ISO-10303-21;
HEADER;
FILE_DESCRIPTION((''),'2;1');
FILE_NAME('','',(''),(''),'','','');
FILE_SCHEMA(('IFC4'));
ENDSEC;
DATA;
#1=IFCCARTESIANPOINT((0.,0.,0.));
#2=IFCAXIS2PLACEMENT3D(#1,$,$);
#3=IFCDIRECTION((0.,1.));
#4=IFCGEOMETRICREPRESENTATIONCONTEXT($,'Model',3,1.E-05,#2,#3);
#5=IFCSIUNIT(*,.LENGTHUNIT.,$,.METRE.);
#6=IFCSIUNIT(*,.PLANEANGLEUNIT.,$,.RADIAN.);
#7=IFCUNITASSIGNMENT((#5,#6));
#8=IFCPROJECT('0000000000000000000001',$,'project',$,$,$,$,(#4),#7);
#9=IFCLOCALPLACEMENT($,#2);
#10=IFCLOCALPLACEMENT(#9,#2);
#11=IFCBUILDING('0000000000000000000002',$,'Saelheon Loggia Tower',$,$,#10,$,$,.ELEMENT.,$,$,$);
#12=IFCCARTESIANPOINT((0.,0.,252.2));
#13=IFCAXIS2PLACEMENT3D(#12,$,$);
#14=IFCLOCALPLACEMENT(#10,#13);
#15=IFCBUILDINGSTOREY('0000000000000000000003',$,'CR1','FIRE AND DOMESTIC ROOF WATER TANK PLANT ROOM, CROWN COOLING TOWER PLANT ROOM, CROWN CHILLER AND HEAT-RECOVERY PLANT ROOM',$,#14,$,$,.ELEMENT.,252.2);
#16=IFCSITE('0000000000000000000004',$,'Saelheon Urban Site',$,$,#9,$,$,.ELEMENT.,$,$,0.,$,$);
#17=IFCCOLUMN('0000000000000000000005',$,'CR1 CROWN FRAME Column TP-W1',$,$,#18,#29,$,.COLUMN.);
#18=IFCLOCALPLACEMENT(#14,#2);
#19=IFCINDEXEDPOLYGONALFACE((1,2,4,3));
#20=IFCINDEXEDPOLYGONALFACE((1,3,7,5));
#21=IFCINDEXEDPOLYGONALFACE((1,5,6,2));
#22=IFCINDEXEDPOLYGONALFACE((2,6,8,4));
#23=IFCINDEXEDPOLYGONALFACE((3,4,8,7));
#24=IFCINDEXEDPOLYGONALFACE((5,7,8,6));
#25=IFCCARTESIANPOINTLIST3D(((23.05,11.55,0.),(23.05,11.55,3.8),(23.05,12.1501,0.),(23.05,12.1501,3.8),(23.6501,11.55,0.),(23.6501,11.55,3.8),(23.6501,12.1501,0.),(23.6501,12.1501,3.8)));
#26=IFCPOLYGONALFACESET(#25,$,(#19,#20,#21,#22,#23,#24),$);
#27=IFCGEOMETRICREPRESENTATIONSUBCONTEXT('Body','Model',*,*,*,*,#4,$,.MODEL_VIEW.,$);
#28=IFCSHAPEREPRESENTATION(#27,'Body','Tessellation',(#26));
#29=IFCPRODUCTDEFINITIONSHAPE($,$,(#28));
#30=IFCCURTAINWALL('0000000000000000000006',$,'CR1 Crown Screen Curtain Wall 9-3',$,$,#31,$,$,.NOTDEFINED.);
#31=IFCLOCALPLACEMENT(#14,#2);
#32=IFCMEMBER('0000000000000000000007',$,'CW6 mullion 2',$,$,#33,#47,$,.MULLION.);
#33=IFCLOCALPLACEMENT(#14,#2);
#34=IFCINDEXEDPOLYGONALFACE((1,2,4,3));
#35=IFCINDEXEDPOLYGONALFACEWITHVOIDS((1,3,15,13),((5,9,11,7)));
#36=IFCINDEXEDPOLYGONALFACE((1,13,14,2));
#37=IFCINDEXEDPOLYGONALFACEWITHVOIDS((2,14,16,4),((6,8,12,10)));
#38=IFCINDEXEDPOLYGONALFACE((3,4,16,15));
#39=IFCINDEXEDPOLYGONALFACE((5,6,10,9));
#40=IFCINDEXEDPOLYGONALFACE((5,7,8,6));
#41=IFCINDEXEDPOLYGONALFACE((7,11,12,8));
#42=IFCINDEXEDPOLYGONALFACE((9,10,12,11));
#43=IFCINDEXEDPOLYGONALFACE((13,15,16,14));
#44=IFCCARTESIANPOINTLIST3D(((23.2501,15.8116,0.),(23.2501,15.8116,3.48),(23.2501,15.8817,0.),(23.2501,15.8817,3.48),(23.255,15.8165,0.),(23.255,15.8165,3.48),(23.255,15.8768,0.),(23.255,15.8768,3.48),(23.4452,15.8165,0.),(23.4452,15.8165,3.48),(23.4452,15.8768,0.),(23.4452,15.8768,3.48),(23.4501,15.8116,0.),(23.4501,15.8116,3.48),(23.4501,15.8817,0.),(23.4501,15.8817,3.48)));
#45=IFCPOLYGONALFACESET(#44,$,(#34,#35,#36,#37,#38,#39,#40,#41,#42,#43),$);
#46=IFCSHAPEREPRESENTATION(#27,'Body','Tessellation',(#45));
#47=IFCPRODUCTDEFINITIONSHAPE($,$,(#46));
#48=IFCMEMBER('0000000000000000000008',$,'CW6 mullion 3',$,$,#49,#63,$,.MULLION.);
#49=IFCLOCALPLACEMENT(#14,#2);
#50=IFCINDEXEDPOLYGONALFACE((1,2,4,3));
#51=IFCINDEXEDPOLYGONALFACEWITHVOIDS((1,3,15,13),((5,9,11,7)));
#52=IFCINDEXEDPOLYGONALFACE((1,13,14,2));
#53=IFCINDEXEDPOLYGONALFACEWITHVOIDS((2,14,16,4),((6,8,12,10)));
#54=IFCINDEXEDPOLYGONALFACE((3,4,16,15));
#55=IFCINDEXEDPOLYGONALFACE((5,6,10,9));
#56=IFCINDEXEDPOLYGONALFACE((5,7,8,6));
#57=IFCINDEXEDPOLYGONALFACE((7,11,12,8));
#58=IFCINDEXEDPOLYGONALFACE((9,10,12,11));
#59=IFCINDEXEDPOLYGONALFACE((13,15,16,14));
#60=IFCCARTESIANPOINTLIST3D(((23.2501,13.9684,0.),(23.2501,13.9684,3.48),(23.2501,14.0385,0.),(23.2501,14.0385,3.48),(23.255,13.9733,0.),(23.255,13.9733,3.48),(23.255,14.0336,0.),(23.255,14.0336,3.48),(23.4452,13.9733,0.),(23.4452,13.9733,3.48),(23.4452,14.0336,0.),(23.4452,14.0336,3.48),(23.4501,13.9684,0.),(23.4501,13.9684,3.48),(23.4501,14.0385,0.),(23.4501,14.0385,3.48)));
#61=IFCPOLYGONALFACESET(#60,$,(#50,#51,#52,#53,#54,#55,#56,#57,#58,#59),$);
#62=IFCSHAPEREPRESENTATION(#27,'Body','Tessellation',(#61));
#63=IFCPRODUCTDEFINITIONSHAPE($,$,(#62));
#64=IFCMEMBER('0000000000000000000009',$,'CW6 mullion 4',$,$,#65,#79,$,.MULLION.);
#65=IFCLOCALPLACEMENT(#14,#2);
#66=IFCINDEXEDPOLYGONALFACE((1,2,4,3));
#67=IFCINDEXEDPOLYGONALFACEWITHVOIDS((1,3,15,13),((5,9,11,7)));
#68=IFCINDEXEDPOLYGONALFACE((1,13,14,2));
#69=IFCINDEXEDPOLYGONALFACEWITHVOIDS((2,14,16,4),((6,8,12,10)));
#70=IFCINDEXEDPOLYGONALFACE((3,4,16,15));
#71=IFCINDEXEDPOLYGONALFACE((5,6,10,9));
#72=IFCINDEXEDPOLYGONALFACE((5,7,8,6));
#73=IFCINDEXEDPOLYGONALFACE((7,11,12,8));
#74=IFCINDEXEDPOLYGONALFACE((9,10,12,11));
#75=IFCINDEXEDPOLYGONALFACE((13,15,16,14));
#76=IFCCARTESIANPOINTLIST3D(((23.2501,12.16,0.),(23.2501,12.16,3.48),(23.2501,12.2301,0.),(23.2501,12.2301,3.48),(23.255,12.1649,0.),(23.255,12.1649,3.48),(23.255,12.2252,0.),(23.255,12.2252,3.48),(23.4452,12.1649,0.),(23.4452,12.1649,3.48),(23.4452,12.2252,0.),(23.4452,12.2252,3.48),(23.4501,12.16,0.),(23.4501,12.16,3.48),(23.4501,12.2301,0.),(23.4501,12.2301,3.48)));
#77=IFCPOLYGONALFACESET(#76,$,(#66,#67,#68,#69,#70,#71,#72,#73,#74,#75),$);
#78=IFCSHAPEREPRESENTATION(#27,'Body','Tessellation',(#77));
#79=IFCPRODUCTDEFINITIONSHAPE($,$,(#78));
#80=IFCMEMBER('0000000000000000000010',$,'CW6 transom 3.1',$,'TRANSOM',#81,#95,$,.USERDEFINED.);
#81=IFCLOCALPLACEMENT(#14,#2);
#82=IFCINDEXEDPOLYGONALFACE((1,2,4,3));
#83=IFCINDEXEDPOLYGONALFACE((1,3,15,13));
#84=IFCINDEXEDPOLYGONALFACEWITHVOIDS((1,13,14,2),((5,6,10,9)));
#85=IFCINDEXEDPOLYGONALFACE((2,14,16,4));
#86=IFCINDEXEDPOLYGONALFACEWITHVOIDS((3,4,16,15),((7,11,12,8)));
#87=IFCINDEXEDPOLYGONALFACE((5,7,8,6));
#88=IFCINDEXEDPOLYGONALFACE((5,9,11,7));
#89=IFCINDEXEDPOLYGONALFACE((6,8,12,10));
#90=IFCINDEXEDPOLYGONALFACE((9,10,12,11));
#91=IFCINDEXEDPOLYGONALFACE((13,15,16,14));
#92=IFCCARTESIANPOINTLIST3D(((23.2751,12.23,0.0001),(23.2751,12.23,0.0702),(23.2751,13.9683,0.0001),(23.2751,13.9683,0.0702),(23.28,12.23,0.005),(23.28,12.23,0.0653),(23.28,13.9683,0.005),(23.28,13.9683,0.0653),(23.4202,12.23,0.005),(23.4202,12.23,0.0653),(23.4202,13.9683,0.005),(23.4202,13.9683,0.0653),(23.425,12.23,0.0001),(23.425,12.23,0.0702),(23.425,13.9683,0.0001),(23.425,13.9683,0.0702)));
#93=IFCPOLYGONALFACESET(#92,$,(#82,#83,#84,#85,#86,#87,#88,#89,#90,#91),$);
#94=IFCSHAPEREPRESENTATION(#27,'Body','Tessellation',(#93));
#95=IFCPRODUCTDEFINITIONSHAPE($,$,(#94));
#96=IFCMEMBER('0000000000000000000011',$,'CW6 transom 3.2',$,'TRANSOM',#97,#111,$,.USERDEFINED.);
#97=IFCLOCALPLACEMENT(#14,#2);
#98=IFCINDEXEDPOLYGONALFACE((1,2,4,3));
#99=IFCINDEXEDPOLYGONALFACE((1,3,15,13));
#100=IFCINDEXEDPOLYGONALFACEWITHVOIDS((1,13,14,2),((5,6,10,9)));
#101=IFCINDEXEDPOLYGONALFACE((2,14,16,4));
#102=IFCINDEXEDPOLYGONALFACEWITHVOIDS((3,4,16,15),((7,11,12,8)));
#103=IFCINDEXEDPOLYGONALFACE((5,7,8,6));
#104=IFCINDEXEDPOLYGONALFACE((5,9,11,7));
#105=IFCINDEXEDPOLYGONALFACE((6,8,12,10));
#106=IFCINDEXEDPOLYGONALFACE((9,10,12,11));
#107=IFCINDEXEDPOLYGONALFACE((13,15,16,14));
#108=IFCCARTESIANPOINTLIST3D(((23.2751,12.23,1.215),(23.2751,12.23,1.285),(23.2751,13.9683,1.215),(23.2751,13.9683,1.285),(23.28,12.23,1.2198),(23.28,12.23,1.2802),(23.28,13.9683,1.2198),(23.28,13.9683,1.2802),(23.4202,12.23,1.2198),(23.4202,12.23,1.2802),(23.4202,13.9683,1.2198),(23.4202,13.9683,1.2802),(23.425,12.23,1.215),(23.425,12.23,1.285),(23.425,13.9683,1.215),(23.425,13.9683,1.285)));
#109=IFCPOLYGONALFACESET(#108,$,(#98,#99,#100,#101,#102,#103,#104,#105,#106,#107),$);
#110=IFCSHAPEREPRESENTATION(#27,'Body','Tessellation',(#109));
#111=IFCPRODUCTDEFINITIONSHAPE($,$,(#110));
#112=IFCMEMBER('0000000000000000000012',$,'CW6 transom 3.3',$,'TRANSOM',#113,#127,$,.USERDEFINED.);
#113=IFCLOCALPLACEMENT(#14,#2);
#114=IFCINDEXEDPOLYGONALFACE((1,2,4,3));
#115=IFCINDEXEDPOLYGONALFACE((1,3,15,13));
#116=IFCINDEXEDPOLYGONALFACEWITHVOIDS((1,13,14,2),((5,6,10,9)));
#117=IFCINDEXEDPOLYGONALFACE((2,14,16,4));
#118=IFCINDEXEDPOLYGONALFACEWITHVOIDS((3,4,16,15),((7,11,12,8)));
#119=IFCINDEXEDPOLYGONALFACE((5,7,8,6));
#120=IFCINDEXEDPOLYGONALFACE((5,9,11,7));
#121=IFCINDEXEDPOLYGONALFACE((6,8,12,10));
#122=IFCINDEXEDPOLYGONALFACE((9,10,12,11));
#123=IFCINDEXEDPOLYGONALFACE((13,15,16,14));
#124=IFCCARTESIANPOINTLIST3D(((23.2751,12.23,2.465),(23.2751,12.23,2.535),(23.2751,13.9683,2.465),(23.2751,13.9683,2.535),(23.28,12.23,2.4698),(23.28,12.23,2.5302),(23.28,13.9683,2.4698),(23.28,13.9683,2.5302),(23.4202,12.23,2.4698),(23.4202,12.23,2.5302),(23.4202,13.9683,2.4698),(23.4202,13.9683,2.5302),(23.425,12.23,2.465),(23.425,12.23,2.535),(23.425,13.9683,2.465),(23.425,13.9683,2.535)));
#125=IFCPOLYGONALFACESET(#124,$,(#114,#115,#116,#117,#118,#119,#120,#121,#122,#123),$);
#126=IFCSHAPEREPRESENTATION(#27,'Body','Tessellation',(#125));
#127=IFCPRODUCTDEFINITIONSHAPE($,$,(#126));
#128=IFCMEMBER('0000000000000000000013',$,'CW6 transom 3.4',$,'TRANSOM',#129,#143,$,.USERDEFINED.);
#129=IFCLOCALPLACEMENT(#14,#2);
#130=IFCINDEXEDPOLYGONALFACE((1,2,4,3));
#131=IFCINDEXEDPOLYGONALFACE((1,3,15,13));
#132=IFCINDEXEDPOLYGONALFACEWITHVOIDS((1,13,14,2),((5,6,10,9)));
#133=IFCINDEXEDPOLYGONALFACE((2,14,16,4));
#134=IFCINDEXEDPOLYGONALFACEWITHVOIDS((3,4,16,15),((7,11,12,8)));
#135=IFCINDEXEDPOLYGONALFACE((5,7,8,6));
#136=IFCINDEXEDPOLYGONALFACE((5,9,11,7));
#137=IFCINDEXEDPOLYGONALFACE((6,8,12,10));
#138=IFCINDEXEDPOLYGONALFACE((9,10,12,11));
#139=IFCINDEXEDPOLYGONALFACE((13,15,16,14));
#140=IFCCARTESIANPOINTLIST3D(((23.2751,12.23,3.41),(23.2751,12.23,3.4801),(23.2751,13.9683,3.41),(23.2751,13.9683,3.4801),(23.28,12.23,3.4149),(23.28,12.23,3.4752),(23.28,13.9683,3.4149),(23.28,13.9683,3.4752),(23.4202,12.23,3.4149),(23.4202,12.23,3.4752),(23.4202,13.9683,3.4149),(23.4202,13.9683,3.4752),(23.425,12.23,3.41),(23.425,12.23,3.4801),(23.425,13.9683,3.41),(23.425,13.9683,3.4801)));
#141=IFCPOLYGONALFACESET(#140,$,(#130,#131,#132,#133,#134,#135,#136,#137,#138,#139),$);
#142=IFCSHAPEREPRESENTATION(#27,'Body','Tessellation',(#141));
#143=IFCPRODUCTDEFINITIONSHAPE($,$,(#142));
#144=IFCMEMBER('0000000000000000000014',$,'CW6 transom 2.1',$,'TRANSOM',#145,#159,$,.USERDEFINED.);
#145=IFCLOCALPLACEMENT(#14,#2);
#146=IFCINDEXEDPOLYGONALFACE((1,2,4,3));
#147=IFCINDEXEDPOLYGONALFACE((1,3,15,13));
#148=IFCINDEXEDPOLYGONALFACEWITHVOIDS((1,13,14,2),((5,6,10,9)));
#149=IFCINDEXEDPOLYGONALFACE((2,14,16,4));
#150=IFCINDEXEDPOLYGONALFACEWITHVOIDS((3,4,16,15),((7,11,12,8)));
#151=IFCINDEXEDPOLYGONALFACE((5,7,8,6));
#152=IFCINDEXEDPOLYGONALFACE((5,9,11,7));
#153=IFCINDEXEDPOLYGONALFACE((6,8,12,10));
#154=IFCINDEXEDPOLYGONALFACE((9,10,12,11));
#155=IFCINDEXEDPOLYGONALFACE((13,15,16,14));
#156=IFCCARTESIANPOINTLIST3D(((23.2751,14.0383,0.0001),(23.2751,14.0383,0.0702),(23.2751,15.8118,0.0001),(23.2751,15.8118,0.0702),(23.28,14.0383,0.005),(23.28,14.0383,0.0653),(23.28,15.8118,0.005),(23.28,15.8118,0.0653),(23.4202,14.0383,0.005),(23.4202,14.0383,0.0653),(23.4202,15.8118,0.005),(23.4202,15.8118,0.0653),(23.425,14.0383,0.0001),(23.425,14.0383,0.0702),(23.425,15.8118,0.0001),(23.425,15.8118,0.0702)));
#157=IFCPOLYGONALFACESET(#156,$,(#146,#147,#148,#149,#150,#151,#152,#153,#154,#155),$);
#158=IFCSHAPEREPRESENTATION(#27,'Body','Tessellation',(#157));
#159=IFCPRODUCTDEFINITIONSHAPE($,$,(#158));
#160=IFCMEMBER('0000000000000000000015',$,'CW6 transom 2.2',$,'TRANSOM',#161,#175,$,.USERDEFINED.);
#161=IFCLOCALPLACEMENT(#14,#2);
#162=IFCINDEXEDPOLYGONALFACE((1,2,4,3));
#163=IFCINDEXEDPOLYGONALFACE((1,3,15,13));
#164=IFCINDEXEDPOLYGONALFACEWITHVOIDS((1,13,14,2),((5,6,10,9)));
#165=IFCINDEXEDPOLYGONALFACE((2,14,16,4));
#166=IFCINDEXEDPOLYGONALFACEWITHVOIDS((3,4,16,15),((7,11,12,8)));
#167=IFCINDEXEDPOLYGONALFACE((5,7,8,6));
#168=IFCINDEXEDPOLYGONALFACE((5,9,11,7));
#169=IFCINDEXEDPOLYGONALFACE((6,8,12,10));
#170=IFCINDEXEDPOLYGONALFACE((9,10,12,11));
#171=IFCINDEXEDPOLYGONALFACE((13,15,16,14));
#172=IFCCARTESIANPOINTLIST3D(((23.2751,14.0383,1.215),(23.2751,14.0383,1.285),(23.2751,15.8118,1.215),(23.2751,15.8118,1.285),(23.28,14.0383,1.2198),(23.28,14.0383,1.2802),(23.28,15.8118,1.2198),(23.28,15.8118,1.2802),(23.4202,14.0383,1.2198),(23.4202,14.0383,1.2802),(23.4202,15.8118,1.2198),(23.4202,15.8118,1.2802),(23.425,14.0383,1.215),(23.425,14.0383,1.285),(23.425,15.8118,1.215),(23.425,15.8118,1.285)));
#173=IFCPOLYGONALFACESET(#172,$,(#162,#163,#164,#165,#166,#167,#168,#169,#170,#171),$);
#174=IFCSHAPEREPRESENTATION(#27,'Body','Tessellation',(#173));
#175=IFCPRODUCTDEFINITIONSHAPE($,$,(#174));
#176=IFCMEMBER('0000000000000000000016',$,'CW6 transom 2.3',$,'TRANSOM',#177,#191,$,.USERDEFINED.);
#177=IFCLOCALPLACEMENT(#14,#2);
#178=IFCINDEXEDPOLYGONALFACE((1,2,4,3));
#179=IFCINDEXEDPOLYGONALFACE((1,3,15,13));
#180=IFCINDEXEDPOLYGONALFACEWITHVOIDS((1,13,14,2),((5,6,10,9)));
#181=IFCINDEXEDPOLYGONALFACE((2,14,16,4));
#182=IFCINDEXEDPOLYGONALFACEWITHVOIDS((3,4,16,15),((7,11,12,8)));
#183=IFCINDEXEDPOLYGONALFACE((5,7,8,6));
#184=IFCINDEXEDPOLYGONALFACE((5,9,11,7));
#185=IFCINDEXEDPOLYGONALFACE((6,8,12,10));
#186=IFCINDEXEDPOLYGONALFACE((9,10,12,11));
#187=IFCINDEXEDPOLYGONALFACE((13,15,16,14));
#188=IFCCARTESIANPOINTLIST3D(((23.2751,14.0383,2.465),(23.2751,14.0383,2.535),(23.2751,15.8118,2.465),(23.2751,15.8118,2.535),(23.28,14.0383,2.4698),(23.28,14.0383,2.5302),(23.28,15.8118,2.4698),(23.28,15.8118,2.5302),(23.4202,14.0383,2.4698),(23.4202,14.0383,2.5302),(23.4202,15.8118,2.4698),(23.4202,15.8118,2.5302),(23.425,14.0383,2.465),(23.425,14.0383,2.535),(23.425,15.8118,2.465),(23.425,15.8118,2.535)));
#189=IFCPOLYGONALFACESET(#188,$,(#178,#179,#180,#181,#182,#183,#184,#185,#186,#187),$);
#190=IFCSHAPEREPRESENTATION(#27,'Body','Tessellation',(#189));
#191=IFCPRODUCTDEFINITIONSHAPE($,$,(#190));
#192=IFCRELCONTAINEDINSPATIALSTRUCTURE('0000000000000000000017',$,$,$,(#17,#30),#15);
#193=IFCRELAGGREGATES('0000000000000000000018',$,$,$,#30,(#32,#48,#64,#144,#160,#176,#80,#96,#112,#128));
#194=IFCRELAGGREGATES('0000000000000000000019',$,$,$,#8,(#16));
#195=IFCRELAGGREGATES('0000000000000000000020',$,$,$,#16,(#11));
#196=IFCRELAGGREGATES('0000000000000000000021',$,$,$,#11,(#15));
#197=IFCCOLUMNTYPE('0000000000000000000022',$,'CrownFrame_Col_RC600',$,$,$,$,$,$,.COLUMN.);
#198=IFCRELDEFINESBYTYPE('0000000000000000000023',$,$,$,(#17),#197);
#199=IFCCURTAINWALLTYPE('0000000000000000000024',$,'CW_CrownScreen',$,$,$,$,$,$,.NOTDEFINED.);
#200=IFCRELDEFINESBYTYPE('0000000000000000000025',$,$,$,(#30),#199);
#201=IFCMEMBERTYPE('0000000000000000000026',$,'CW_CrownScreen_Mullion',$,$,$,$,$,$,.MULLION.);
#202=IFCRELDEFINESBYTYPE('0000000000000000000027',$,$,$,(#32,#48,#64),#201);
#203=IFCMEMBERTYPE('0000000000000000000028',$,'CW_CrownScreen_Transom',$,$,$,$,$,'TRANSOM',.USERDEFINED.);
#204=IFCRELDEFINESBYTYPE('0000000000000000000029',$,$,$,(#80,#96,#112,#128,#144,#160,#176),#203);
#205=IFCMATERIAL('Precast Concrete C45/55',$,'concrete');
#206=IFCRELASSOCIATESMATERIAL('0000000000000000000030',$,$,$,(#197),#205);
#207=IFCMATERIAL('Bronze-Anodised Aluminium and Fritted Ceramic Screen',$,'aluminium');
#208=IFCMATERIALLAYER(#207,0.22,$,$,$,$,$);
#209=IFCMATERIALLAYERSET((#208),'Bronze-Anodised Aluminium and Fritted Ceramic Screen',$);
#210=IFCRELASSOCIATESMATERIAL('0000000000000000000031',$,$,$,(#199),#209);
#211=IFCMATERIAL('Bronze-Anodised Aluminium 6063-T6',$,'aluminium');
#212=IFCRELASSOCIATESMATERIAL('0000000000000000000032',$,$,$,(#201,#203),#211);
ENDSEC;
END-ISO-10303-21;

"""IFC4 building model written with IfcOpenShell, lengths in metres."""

from ifc_helpers import new_model, si_unit, direction, frame, origin, origin_2d, place, context, subcontext, project, spatial, rectangle, hollow_rectangle, extrude, source, transform, mapped, material, layer, layer_set, material_profile, profile_set, type_object, element, aggregate, save


model = new_model("IFC4")

# Units and contexts
model_context = context("Model", 3, precision=1e-05, world=origin(), true_north=direction((0.0, 1.0)))
body_context = subcontext(model_context, "Body", "Model", "MODEL_VIEW")
ifc_project = project(units=[si_unit("LENGTHUNIT", "METRE"), si_unit("PLANEANGLEUNIT", "RADIAN")], contexts=[model_context])

# Site, building, storey
site_placement = place(None, origin())
site = spatial("IfcSite", under=ifc_project, at=site_placement, Name="Saelheon Urban Site", CompositionType="ELEMENT", RefElevation=0.0)
building_placement = place(site_placement, origin())
building = spatial("IfcBuilding", under=site, at=building_placement, Name="Saelheon Loggia Tower", CompositionType="ELEMENT")
storey_placement = place(building_placement, frame((0.0, 0.0, 252.2)))
storey = spatial("IfcBuildingStorey", under=building, at=storey_placement, Name="CR1", Description="FIRE AND DOMESTIC ROOF WATER TANK PLANT ROOM, CROWN COOLING TOWER PLANT ROOM, CROWN CHILLER AND HEAT-RECOVERY PLANT ROOM", CompositionType="ELEMENT", Elevation=252.2)

# Column
ifc_material_1 = material(Name="Precast Concrete C45/55", Category="concrete")
ifc_material_profile_1 = material_profile(ifc_material_1, rectangle(XDim=0.6001, YDim=0.6001, at=origin_2d()), Name="RC-600x600")
ifc_profile_set_1 = profile_set([ifc_material_profile_1], Name="Precast Concrete C45/55")
column_type = type_object("IfcColumnType", Name="CrownFrame_Col_RC600", PredefinedType="COLUMN", material=ifc_profile_set_1)
shared_shape_1 = source(origin(), body_context, "Body", "SweptSolid", [
    extrude(rectangle(XDim=0.6001, YDim=0.6001, at=origin_2d()), origin(), (0.0, 0.0, 1.0), 3.8),
])
column_placement = place(storey_placement, frame((23.3501, 11.8501, 0.0), z_axis=(0.0, 0.0, 1.0), x_axis=(1.0, 0.0, 0.0)))
element("IfcColumn", 1, at=column_placement, inside=storey, type_object=column_type, Name="CR1 CROWN FRAME Column TP-W1", PredefinedType="COLUMN", context=body_context, shape_type="MappedRepresentation", body=[
    mapped(shared_shape_1, transform((0.0, 0.0, 0.0), scale=1.0)),
])

# Curtain wall, members
ifc_material_2 = material(Name="Bronze-Anodised Aluminium and Fritted Ceramic Screen", Category="aluminium")
ifc_layer_1 = layer(ifc_material_2, 0.22)
ifc_layer_set_1 = layer_set([ifc_layer_1], Name="Bronze-Anodised Aluminium and Fritted Ceramic Screen")
curtain_wall_type = type_object("IfcCurtainWallType", Name="CW_CrownScreen", PredefinedType="NOTDEFINED", material=ifc_layer_set_1)
curtain_wall_placement = place(storey_placement, origin())
curtain_wall = element("IfcCurtainWall", 2, at=curtain_wall_placement, inside=storey, type_object=curtain_wall_type, Name="CR1 Crown Screen Curtain Wall 9-3", PredefinedType="NOTDEFINED")
ifc_material_3 = material(Name="Bronze-Anodised Aluminium 6063-T6", Category="aluminium")
ifc_material_profile_2 = material_profile(ifc_material_3, hollow_rectangle(XDim=0.0701, YDim=0.2, WallThickness=0.0049, at=origin_2d()), Name="RHS-200x70x5")
ifc_profile_set_2 = profile_set([ifc_material_profile_2], Name="Bronze-Anodised Aluminium 6063-T6")
member_type_1 = type_object("IfcMemberType", Name="CW_CrownScreen_Mullion", PredefinedType="MULLION", material=ifc_profile_set_2)
shared_shape_2 = source(origin(), body_context, "Body", "SweptSolid", [
    extrude(hollow_rectangle(XDim=0.0701, YDim=0.2, WallThickness=0.0049, at=origin_2d()), origin(), (0.0, 0.0, 1.0), 3.48),
])
member_1_placement = place(storey_placement, frame((23.3501, 15.8467, 0.0), z_axis=(0.0, 0.0, 1.0), x_axis=(0.0, -1.0, 0.0)))
member_1 = element("IfcMember", 3, at=member_1_placement, type_object=member_type_1, Name="CW6 mullion 2", PredefinedType="MULLION", context=body_context, shape_type="MappedRepresentation", body=[
    mapped(shared_shape_2, transform((0.0, 0.0, 0.0), scale=1.0)),
])
member_2_placement = place(storey_placement, frame((23.3501, 14.0034, 0.0), z_axis=(0.0, 0.0, 1.0), x_axis=(0.0, -1.0, 0.0)))
member_2 = element("IfcMember", 4, at=member_2_placement, type_object=member_type_1, Name="CW6 mullion 3", PredefinedType="MULLION", context=body_context, shape_type="MappedRepresentation", body=[
    mapped(shared_shape_2, transform((0.0, 0.0, 0.0), scale=1.0)),
])
member_3_placement = place(storey_placement, frame((23.3501, 12.1951, 0.0), z_axis=(0.0, 0.0, 1.0), x_axis=(0.0, -1.0, 0.0)))
member_3 = element("IfcMember", 5, at=member_3_placement, type_object=member_type_1, Name="CW6 mullion 4", PredefinedType="MULLION", context=body_context, shape_type="MappedRepresentation", body=[
    mapped(shared_shape_2, transform((0.0, 0.0, 0.0), scale=1.0)),
])
ifc_material_profile_3 = material_profile(ifc_material_3, hollow_rectangle(XDim=0.0701, YDim=0.1499, WallThickness=0.0049, at=origin_2d()), Name="RHS-150x70x5")
ifc_profile_set_3 = profile_set([ifc_material_profile_3], Name="Bronze-Anodised Aluminium 6063-T6")
member_type_2 = type_object("IfcMemberType", Name="CW_CrownScreen_Transom", ElementType="TRANSOM", PredefinedType="USERDEFINED", material=ifc_profile_set_3)
shared_shape_3 = source(origin(), body_context, "Body", "SweptSolid", [
    extrude(hollow_rectangle(XDim=0.0701, YDim=0.1499, WallThickness=0.0049, at=origin_2d()), origin(), (0.0, 0.0, 1.0), 1.7383),
])
member_4_placement = place(storey_placement, frame((23.3501, 13.9683, 0.0352), z_axis=(0.0, -1.0, 0.0), x_axis=(0.0, 0.0, 1.0)))
member_4 = element("IfcMember", 6, at=member_4_placement, type_object=member_type_2, Name="CW6 transom 3.1", ObjectType="TRANSOM", PredefinedType="USERDEFINED", context=body_context, shape_type="MappedRepresentation", body=[
    mapped(shared_shape_3, transform((0.0, 0.0, 0.0), scale=1.0)),
])
member_5_placement = place(storey_placement, frame((23.3501, 13.9683, 1.25), z_axis=(0.0, -1.0, 0.0), x_axis=(0.0, 0.0, 1.0)))
member_5 = element("IfcMember", 7, at=member_5_placement, type_object=member_type_2, Name="CW6 transom 3.2", ObjectType="TRANSOM", PredefinedType="USERDEFINED", context=body_context, shape_type="MappedRepresentation", body=[
    mapped(shared_shape_3, transform((0.0, 0.0, 0.0), scale=1.0)),
])
member_6_placement = place(storey_placement, frame((23.3501, 13.9683, 2.5), z_axis=(0.0, -1.0, 0.0), x_axis=(0.0, 0.0, 1.0)))
member_6 = element("IfcMember", 8, at=member_6_placement, type_object=member_type_2, Name="CW6 transom 3.3", ObjectType="TRANSOM", PredefinedType="USERDEFINED", context=body_context, shape_type="MappedRepresentation", body=[
    mapped(shared_shape_3, transform((0.0, 0.0, 0.0), scale=1.0)),
])
member_7_placement = place(storey_placement, frame((23.3501, 13.9683, 3.4451), z_axis=(0.0, -1.0, 0.0), x_axis=(0.0, 0.0, 1.0)))
member_7 = element("IfcMember", 9, at=member_7_placement, type_object=member_type_2, Name="CW6 transom 3.4", ObjectType="TRANSOM", PredefinedType="USERDEFINED", context=body_context, shape_type="MappedRepresentation", body=[
    mapped(shared_shape_3, transform((0.0, 0.0, 0.0), scale=1.0)),
])
shared_shape_4 = source(origin(), body_context, "Body", "SweptSolid", [
    extrude(hollow_rectangle(XDim=0.0701, YDim=0.1499, WallThickness=0.0049, at=origin_2d()), origin(), (0.0, 0.0, 1.0), 1.7734),
])
member_8_placement = place(storey_placement, frame((23.3501, 15.8118, 0.0352), z_axis=(0.0, -1.0, 0.0), x_axis=(0.0, 0.0, 1.0)))
member_8 = element("IfcMember", 10, at=member_8_placement, type_object=member_type_2, Name="CW6 transom 2.1", ObjectType="TRANSOM", PredefinedType="USERDEFINED", context=body_context, shape_type="MappedRepresentation", body=[
    mapped(shared_shape_4, transform((0.0, 0.0, 0.0), scale=1.0)),
])
member_9_placement = place(storey_placement, frame((23.3501, 15.8118, 1.25), z_axis=(0.0, -1.0, 0.0), x_axis=(0.0, 0.0, 1.0)))
member_9 = element("IfcMember", 11, at=member_9_placement, type_object=member_type_2, Name="CW6 transom 2.2", ObjectType="TRANSOM", PredefinedType="USERDEFINED", context=body_context, shape_type="MappedRepresentation", body=[
    mapped(shared_shape_4, transform((0.0, 0.0, 0.0), scale=1.0)),
])
member_10_placement = place(storey_placement, frame((23.3501, 15.8118, 2.5), z_axis=(0.0, -1.0, 0.0), x_axis=(0.0, 0.0, 1.0)))
member_10 = element("IfcMember", 12, at=member_10_placement, type_object=member_type_2, Name="CW6 transom 2.3", ObjectType="TRANSOM", PredefinedType="USERDEFINED", context=body_context, shape_type="MappedRepresentation", body=[
    mapped(shared_shape_4, transform((0.0, 0.0, 0.0), scale=1.0)),
])

aggregate(curtain_wall, [member_1, member_2, member_3, member_8, member_9, member_10, member_4, member_5, member_6, member_7])

save(model, "model.ifc")
